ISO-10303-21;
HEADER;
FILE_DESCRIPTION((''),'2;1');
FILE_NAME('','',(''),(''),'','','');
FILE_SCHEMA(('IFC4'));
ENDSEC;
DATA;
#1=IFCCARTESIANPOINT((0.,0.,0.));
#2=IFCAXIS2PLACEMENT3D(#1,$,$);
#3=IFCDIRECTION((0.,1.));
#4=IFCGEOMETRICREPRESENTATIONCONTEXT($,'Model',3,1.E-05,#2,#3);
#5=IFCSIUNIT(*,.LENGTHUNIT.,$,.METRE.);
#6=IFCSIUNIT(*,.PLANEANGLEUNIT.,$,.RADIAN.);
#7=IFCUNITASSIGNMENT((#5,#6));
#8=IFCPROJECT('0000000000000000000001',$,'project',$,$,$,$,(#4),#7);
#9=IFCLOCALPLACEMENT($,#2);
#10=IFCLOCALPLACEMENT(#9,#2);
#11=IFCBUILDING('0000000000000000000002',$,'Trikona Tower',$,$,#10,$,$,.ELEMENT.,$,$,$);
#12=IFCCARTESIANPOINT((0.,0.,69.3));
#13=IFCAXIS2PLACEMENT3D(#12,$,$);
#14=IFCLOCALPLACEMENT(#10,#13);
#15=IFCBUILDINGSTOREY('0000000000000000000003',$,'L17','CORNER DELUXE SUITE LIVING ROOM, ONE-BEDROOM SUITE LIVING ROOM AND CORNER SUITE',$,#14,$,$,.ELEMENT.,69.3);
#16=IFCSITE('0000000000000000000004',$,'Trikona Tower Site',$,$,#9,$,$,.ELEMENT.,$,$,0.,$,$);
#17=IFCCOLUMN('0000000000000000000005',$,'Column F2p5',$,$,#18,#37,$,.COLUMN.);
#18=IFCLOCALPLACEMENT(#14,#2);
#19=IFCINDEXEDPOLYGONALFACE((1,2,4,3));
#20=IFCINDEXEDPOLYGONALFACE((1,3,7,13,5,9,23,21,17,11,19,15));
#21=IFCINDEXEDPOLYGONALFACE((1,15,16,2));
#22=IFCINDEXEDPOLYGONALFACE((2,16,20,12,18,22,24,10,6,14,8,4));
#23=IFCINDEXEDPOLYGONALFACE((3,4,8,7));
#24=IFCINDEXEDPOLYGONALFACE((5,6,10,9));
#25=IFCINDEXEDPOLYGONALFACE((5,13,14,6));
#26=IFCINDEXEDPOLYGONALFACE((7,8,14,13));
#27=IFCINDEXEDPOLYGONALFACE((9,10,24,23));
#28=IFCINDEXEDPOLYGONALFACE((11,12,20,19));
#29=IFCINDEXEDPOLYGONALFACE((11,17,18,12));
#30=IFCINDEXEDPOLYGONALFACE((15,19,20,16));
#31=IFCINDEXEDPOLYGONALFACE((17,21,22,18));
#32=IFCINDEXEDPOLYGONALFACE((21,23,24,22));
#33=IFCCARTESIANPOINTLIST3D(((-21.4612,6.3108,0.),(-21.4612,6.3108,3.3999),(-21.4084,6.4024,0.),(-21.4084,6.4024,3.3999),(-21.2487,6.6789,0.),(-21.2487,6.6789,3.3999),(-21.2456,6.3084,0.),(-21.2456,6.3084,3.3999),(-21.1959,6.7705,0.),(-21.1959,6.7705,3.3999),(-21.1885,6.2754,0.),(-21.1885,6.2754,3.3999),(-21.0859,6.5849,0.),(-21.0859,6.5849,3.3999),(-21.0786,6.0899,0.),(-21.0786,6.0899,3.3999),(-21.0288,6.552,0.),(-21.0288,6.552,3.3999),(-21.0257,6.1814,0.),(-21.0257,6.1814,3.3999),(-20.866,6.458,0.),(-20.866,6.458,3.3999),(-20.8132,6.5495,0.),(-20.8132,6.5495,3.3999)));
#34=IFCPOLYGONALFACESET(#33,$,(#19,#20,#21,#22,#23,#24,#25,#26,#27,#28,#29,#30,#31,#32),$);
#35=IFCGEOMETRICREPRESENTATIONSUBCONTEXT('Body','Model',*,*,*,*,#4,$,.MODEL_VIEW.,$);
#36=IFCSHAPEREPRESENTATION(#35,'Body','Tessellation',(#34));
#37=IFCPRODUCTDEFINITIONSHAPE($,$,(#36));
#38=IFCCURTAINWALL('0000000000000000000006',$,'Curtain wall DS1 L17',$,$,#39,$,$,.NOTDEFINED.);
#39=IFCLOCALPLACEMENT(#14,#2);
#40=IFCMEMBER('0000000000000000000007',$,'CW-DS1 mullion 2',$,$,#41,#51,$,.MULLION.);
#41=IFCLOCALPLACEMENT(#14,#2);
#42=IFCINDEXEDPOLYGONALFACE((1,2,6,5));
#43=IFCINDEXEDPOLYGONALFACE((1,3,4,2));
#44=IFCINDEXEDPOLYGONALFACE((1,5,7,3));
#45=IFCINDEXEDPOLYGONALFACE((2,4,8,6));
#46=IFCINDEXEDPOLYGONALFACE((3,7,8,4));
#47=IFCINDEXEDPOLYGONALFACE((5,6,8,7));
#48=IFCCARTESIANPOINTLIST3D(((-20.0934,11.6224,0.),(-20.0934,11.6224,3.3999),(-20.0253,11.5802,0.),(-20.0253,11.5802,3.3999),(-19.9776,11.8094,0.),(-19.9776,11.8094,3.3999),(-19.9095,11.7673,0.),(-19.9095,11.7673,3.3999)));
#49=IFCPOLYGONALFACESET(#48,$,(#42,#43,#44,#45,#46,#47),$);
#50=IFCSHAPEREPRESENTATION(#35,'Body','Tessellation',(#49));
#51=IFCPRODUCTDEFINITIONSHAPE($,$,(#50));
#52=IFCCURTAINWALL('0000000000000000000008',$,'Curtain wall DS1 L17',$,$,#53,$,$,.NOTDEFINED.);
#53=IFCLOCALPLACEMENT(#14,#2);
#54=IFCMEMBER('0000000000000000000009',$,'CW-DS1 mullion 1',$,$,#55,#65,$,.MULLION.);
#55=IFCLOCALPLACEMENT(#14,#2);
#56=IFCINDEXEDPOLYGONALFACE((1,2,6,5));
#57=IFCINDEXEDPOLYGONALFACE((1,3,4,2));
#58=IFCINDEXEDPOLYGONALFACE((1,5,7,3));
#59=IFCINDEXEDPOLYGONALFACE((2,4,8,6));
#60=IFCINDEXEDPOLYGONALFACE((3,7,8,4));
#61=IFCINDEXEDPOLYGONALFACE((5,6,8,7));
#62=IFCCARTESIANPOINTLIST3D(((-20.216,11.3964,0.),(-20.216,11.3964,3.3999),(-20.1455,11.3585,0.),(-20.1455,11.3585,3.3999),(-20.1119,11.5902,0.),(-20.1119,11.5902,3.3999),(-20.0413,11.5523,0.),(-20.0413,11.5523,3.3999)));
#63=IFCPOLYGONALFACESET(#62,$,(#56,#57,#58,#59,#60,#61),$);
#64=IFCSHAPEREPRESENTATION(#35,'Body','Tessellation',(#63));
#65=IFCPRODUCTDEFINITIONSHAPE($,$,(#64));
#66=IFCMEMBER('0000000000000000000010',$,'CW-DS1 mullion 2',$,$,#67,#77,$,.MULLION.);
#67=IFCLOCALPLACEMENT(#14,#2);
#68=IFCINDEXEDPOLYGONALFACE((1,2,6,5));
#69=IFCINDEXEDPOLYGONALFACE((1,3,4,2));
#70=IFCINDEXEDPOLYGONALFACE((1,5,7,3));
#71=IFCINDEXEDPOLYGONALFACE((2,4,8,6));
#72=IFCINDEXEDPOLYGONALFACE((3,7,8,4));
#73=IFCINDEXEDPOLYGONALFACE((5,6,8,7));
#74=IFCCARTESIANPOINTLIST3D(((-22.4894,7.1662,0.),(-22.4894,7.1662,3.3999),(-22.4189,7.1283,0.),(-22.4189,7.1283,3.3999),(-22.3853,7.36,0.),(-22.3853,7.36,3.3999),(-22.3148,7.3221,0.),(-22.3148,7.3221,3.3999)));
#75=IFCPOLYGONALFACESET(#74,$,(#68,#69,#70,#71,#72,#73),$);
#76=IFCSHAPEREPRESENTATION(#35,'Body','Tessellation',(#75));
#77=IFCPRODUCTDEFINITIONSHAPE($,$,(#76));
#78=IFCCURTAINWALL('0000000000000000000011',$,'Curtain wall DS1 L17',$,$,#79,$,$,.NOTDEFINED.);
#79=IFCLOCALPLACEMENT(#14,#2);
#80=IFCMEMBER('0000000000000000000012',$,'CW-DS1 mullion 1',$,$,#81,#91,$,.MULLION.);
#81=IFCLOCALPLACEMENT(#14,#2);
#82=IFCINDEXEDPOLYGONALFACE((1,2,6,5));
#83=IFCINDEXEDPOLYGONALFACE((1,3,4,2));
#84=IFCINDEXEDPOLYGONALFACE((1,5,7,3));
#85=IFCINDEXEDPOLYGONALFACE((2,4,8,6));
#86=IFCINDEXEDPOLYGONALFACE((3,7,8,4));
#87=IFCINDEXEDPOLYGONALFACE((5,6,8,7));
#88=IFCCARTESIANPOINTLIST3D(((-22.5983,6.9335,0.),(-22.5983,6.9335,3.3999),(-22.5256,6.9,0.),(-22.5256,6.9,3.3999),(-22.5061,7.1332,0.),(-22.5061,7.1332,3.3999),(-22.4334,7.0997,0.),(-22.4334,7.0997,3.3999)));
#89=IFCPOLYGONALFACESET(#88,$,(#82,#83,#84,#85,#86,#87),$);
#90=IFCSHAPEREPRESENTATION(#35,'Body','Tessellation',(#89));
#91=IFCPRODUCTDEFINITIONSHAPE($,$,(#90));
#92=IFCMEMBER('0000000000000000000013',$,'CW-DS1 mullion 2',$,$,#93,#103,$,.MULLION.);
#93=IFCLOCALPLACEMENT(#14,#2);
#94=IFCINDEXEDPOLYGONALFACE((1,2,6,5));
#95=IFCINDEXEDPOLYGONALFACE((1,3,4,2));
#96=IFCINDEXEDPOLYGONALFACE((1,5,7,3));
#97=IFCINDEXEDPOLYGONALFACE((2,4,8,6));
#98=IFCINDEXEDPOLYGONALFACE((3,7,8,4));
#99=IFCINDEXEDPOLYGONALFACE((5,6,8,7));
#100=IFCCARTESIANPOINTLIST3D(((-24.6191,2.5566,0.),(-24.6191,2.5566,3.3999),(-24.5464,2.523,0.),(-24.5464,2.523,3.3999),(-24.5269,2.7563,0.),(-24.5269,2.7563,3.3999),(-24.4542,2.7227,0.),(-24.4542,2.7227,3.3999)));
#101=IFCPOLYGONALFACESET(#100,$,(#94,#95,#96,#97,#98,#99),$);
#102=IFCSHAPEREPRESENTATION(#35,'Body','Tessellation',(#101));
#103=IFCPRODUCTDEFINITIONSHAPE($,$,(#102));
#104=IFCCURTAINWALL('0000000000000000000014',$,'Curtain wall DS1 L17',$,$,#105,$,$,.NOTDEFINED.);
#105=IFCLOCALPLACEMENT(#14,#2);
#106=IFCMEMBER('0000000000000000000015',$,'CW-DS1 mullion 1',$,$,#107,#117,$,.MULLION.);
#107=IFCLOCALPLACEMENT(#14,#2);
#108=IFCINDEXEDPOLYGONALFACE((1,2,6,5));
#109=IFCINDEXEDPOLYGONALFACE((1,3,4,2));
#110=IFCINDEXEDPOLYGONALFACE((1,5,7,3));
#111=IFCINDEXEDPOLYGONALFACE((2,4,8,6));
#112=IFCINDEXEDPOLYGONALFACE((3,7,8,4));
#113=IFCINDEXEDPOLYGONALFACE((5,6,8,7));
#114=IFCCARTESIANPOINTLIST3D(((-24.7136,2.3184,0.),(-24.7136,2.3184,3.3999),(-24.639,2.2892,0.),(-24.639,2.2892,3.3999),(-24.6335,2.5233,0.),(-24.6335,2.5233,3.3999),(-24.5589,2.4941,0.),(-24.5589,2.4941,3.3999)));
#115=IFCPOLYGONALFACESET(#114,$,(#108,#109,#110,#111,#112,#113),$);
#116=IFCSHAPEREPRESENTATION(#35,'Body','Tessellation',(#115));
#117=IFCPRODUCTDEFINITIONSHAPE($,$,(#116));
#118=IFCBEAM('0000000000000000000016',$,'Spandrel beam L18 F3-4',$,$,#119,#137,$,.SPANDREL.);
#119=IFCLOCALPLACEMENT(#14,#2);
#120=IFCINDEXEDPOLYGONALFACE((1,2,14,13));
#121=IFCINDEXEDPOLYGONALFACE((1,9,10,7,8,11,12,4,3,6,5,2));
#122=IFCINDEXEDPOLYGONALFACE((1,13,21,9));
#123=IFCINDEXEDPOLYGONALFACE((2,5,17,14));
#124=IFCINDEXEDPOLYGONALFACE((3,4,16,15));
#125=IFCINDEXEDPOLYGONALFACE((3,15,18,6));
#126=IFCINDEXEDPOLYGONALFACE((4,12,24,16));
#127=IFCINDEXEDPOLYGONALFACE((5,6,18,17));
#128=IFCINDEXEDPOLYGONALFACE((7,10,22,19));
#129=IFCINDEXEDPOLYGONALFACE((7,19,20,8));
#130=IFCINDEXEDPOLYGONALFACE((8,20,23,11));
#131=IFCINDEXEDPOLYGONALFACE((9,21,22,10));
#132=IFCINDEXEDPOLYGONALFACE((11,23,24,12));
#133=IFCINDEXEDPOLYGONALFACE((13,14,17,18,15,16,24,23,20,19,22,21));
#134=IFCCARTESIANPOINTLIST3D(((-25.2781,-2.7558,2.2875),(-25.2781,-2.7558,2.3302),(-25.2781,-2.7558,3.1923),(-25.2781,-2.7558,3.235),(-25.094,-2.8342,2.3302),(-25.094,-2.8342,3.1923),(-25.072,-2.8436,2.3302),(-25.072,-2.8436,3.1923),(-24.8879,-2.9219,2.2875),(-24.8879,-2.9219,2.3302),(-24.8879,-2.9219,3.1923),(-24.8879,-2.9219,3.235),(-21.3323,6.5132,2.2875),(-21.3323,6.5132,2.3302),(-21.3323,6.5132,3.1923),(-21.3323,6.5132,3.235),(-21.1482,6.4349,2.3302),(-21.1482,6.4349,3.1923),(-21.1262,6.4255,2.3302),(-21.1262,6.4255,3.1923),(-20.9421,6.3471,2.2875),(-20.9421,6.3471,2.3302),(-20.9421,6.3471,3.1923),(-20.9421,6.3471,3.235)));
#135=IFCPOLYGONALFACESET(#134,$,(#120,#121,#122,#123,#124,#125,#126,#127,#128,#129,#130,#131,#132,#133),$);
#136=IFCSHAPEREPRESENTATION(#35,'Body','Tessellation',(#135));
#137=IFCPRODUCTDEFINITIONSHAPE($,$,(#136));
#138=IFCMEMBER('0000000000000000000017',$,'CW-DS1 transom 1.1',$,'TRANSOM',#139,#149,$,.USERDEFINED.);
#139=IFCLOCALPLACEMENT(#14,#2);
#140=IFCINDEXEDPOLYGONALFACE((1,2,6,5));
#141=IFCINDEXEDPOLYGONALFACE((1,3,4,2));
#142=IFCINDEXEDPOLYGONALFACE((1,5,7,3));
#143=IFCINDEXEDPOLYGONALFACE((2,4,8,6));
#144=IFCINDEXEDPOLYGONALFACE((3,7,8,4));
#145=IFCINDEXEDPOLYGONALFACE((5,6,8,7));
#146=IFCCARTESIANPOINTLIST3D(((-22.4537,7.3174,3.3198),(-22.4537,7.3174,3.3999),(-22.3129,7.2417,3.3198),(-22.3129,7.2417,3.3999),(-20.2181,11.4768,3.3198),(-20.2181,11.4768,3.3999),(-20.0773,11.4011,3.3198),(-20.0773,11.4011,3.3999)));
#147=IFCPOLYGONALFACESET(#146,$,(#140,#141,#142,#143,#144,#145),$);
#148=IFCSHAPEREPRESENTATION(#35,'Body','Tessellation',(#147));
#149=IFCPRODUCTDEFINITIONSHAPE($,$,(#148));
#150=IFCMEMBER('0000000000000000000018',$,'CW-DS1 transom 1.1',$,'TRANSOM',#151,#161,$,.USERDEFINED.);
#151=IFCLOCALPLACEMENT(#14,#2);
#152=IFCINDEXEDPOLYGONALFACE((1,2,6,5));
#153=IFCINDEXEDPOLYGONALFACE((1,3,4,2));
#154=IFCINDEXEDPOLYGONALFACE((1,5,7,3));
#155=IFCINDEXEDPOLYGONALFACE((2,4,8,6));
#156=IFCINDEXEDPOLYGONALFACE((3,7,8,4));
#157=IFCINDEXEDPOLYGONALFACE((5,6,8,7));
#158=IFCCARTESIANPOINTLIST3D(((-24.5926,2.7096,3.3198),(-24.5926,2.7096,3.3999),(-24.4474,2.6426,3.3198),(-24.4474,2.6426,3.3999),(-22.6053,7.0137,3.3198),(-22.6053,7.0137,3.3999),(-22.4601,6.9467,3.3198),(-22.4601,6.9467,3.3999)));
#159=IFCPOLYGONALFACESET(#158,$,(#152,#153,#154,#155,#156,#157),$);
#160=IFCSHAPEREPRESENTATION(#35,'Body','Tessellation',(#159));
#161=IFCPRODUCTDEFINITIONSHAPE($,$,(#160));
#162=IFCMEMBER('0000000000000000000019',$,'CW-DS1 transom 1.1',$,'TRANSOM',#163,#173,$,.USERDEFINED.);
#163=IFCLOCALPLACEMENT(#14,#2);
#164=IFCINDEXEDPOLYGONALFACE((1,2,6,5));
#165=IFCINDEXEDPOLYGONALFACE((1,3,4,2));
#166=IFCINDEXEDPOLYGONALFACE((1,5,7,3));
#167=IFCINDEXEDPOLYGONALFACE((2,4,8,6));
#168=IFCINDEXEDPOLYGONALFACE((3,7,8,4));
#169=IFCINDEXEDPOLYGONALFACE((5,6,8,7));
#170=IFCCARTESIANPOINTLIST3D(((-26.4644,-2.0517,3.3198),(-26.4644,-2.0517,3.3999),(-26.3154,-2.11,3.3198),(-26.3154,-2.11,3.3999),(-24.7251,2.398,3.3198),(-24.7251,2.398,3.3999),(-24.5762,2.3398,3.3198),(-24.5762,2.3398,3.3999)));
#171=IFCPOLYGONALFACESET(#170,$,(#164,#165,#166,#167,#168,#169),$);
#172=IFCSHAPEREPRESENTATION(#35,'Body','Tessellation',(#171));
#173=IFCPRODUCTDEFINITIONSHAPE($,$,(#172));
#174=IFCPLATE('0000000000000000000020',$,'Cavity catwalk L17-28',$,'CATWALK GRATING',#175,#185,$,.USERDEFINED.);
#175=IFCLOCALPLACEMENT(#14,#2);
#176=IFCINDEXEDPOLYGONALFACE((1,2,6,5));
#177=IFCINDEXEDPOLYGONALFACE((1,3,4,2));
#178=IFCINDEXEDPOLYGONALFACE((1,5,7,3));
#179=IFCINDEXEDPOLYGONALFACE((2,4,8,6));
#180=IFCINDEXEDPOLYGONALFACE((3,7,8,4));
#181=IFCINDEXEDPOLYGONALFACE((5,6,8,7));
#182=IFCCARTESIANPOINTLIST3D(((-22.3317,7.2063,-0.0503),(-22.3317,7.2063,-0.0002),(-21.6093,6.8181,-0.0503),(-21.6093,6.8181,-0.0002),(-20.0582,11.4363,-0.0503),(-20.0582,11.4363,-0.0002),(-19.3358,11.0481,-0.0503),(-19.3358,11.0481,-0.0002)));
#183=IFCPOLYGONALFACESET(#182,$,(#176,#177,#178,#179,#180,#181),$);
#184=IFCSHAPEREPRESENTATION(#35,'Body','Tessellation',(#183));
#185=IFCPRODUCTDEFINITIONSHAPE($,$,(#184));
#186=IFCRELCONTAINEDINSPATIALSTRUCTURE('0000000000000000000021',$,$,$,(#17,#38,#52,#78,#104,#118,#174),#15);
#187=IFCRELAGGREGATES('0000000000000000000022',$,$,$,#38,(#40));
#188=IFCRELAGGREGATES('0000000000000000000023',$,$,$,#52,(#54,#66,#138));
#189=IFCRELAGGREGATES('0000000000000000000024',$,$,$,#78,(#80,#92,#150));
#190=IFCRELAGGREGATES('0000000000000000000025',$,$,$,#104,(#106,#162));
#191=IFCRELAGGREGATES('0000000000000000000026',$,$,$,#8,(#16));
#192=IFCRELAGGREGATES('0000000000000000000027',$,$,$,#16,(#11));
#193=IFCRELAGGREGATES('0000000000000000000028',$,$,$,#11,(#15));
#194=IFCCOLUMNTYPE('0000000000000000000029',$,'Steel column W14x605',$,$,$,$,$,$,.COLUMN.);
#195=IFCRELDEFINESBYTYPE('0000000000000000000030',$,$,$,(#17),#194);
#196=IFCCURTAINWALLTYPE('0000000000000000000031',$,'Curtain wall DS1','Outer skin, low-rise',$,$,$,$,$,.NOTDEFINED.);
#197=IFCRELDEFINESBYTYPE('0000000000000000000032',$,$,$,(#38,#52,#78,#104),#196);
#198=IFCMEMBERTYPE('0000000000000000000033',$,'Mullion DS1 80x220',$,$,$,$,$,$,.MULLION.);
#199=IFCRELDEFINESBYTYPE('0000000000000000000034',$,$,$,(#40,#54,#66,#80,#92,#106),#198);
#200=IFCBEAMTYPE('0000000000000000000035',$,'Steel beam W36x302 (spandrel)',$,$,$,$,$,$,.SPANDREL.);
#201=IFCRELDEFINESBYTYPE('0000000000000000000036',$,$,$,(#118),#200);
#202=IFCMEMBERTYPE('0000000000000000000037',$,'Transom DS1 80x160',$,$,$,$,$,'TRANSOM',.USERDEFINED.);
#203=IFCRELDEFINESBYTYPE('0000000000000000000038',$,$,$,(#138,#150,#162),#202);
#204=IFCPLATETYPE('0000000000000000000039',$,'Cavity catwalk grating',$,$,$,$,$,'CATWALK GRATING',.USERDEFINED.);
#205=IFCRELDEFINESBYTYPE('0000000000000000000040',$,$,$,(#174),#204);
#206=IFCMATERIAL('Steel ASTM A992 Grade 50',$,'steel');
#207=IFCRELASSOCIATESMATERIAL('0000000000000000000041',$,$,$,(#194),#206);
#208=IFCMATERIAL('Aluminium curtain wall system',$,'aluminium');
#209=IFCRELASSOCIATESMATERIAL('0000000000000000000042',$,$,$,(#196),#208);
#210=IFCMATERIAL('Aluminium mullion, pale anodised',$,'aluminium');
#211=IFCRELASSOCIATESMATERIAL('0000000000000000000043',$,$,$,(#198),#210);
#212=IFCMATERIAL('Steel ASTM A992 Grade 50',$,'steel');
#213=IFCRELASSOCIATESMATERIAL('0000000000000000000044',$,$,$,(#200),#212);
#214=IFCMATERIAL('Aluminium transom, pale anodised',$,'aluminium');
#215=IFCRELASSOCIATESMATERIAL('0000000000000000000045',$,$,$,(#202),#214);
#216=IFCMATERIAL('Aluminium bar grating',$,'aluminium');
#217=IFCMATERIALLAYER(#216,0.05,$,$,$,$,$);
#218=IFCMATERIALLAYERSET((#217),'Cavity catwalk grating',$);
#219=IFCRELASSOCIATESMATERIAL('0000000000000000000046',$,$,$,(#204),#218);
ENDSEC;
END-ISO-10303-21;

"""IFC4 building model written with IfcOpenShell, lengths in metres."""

from ifc_helpers import new_model, si_unit, direction, frame, origin, origin_2d, place, context, subcontext, project, spatial, rectangle, i_section, extrude, material, layer, layer_set, material_profile, profile_set, type_object, element, aggregate, save


model = new_model("IFC4")

# Units and contexts
model_context = context("Model", 3, precision=1e-05, world=origin(), true_north=direction((0.0, 1.0)))
body_context = subcontext(model_context, "Body", "Model", "MODEL_VIEW")
ifc_project = project(units=[si_unit("LENGTHUNIT", "METRE"), si_unit("PLANEANGLEUNIT", "RADIAN")], contexts=[model_context])

# Site, building, storey
site_placement = place(None, origin())
site = spatial("IfcSite", under=ifc_project, at=site_placement, Name="Trikona Tower Site", CompositionType="ELEMENT", RefElevation=0.0)
building_placement = place(site_placement, origin())
building = spatial("IfcBuilding", under=site, at=building_placement, Name="Trikona Tower", CompositionType="ELEMENT")
storey_placement = place(building_placement, frame((0.0, 0.0, 69.3)))
storey = spatial("IfcBuildingStorey", under=building, at=storey_placement, Name="L17", Description="CORNER DELUXE SUITE LIVING ROOM, ONE-BEDROOM SUITE LIVING ROOM AND CORNER SUITE", CompositionType="ELEMENT", Elevation=69.3)

# Column
ifc_material_1 = material(Name="Steel ASTM A992 Grade 50", Category="steel")
ifc_material_profile_1 = material_profile(ifc_material_1, i_section(OverallWidth=0.4419, OverallDepth=0.5308, WebThickness=0.0659, FlangeThickness=0.1057, at=origin_2d()), Name="W14X605")
ifc_profile_set_1 = profile_set([ifc_material_profile_1], Name="Steel ASTM A992 Grade 50")
column_type = type_object("IfcColumnType", Name="Steel column W14x605", PredefinedType="COLUMN", material=ifc_profile_set_1)
column_placement = place(storey_placement, frame((-21.1372, 6.4302, 0.0), z_axis=(0.0, 0.0, 1.0), x_axis=(-0.866025, 0.5, 0.0)))
element("IfcColumn", 1, at=column_placement, inside=storey, type_object=column_type, Name="Column F2p5", PredefinedType="COLUMN", context=body_context, shape_type="SweptSolid", body=[
    extrude(i_section(OverallWidth=0.4419, OverallDepth=0.5308, WebThickness=0.0659, FlangeThickness=0.1057, at=origin_2d()), origin(), (0.0, 0.0, 1.0), 3.3999),
])

# Curtain wall, member
ifc_material_2 = material(Name="Aluminium curtain wall system", Category="aluminium")
curtain_wall_type = type_object("IfcCurtainWallType", Name="Curtain wall DS1", Description="Outer skin, low-rise", PredefinedType="NOTDEFINED", material=ifc_material_2)
curtain_wall_1_placement = place(storey_placement, origin())
curtain_wall_1 = element("IfcCurtainWall", 2, at=curtain_wall_1_placement, inside=storey, type_object=curtain_wall_type, Name="Curtain wall DS1 L17", PredefinedType="NOTDEFINED")
ifc_material_3 = material(Name="Aluminium mullion, pale anodised", Category="aluminium")
ifc_material_profile_2 = material_profile(ifc_material_3, rectangle(XDim=0.0801, YDim=0.22, at=origin_2d()), Name="MUL-DS1")
ifc_profile_set_2 = profile_set([ifc_material_profile_2], Name="Aluminium mullion, pale anodised")
member_type_1 = type_object("IfcMemberType", Name="Mullion DS1 80x220", PredefinedType="MULLION", material=ifc_profile_set_2)
member_1_placement = place(storey_placement, frame((-20.0015, 11.6948, 0.0), z_axis=(0.0, 0.0, 1.0), x_axis=(0.85041, -0.52612, 0.0)))
member_1 = element("IfcMember", 3, at=member_1_placement, type_object=member_type_1, Name="CW-DS1 mullion 2", PredefinedType="MULLION", context=body_context, shape_type="SweptSolid", body=[
    extrude(rectangle(XDim=0.0801, YDim=0.22, at=origin_2d()), origin(), (0.0, 0.0, 1.0), 3.3999),
])
aggregate(curtain_wall_1, [member_1])

# Curtain walls, members
curtain_wall_2_placement = place(storey_placement, origin())
curtain_wall_2 = element("IfcCurtainWall", 4, at=curtain_wall_2_placement, inside=storey, type_object=curtain_wall_type, Name="Curtain wall DS1 L17", PredefinedType="NOTDEFINED")
member_2_placement = place(storey_placement, frame((-20.1287, 11.4744, 0.0), z_axis=(0.0, 0.0, 1.0), x_axis=(0.880843, -0.473408, 0.0)))
member_2 = element("IfcMember", 5, at=member_2_placement, type_object=member_type_1, Name="CW-DS1 mullion 1", PredefinedType="MULLION", context=body_context, shape_type="SweptSolid", body=[
    extrude(rectangle(XDim=0.0801, YDim=0.22, at=origin_2d()), origin(), (0.0, 0.0, 1.0), 3.3999),
])
member_3_placement = place(storey_placement, frame((-22.4021, 7.2441, 0.0), z_axis=(0.0, 0.0, 1.0), x_axis=(0.880843, -0.473408, 0.0)))
member_3 = element("IfcMember", 6, at=member_3_placement, type_object=member_type_1, Name="CW-DS1 mullion 2", PredefinedType="MULLION", context=body_context, shape_type="SweptSolid", body=[
    extrude(rectangle(XDim=0.0801, YDim=0.22, at=origin_2d()), origin(), (0.0, 0.0, 1.0), 3.3999),
])
curtain_wall_3_placement = place(storey_placement, origin())
curtain_wall_3 = element("IfcCurtainWall", 7, at=curtain_wall_3_placement, inside=storey, type_object=curtain_wall_type, Name="Curtain wall DS1 L17", PredefinedType="NOTDEFINED")
member_4_placement = place(storey_placement, frame((-22.5159, 7.0166, 0.0), z_axis=(0.0, 0.0, 1.0), x_axis=(0.907898, -0.41919, 0.0)))
member_4 = element("IfcMember", 8, at=member_4_placement, type_object=member_type_1, Name="CW-DS1 mullion 1", PredefinedType="MULLION", context=body_context, shape_type="SweptSolid", body=[
    extrude(rectangle(XDim=0.0801, YDim=0.22, at=origin_2d()), origin(), (0.0, 0.0, 1.0), 3.3999),
])
member_5_placement = place(storey_placement, frame((-24.5366, 2.6396, 0.0), z_axis=(0.0, 0.0, 1.0), x_axis=(0.907898, -0.41919, 0.0)))
member_5 = element("IfcMember", 9, at=member_5_placement, type_object=member_type_1, Name="CW-DS1 mullion 2", PredefinedType="MULLION", context=body_context, shape_type="SweptSolid", body=[
    extrude(rectangle(XDim=0.0801, YDim=0.22, at=origin_2d()), origin(), (0.0, 0.0, 1.0), 3.3999),
])

# Curtain wall, member
curtain_wall_4_placement = place(storey_placement, origin())
curtain_wall_4 = element("IfcCurtainWall", 10, at=curtain_wall_4_placement, inside=storey, type_object=curtain_wall_type, Name="Curtain wall DS1 L17", PredefinedType="NOTDEFINED")
member_6_placement = place(storey_placement, frame((-24.6362, 2.4062, 0.0), z_axis=(0.0, 0.0, 1.0), x_axis=(0.931396, -0.364008, 0.0)))
member_6 = element("IfcMember", 11, at=member_6_placement, type_object=member_type_1, Name="CW-DS1 mullion 1", PredefinedType="MULLION", context=body_context, shape_type="SweptSolid", body=[
    extrude(rectangle(XDim=0.0801, YDim=0.22, at=origin_2d()), origin(), (0.0, 0.0, 1.0), 3.3999),
])

# Beam
ifc_material_4 = material(Name="Steel ASTM A992 Grade 50", Category="steel")
ifc_material_profile_3 = material_profile(ifc_material_4, i_section(OverallWidth=0.4241, OverallDepth=0.9475, WebThickness=0.0239, FlangeThickness=0.0427, at=origin_2d()), Name="W36X302")
ifc_profile_set_3 = profile_set([ifc_material_profile_3], Name="Steel ASTM A992 Grade 50")
beam_type = type_object("IfcBeamType", Name="Steel beam W36x302 (spandrel)", PredefinedType="SPANDREL", material=ifc_profile_set_3)
beam_placement = place(storey_placement, frame((-21.1372, 6.4302, 2.7612), z_axis=(-0.391684, -0.9201, 0.0), x_axis=(0.9201, -0.391684, 0.0)))
element("IfcBeam", 12, at=beam_placement, inside=storey, type_object=beam_type, Name="Spandrel beam L18 F3-4", PredefinedType="SPANDREL", context=body_context, shape_type="SweptSolid", body=[
    extrude(i_section(OverallWidth=0.4241, OverallDepth=0.9475, WebThickness=0.0239, FlangeThickness=0.0427, at=origin_2d()), origin(), (0.0, 0.0, 1.0), 10.074),
])

# Members
ifc_material_5 = material(Name="Aluminium transom, pale anodised", Category="aluminium")
ifc_material_profile_4 = material_profile(ifc_material_5, rectangle(XDim=0.1599, YDim=0.0801, at=origin_2d()), Name="TRN-DS1")
ifc_profile_set_4 = profile_set([ifc_material_profile_4], Name="Aluminium transom, pale anodised")
member_type_2 = type_object("IfcMemberType", Name="Transom DS1 80x160", ElementType="TRANSOM", PredefinedType="USERDEFINED", material=ifc_profile_set_4)
member_7_placement = place(storey_placement, frame((-20.1477, 11.439, 3.3599), z_axis=(-0.473428, -0.880833, 0.0), x_axis=(0.880833, -0.473428, 0.0)))
member_7 = element("IfcMember", 13, at=member_7_placement, type_object=member_type_2, Name="CW-DS1 transom 1.1", ObjectType="TRANSOM", PredefinedType="USERDEFINED", context=body_context, shape_type="SweptSolid", body=[
    extrude(rectangle(XDim=0.1599, YDim=0.0801, at=origin_2d()), origin(), (0.0, 0.0, 1.0), 4.7222),
])
member_8_placement = place(storey_placement, frame((-22.5327, 6.9802, 3.3599), z_axis=(-0.419189, -0.907899, 0.0), x_axis=(0.907899, -0.419189, 0.0)))
member_8 = element("IfcMember", 14, at=member_8_placement, type_object=member_type_2, Name="CW-DS1 transom 1.1", ObjectType="TRANSOM", PredefinedType="USERDEFINED", context=body_context, shape_type="SweptSolid", body=[
    extrude(rectangle(XDim=0.1599, YDim=0.0801, at=origin_2d()), origin(), (0.0, 0.0, 1.0), 4.7407),
])
member_9_placement = place(storey_placement, frame((-24.6506, 2.3689, 3.3599), z_axis=(-0.364049, -0.93138, 0.0), x_axis=(0.93138, -0.364049, 0.0)))
member_9 = element("IfcMember", 15, at=member_9_placement, type_object=member_type_2, Name="CW-DS1 transom 1.1", ObjectType="TRANSOM", PredefinedType="USERDEFINED", context=body_context, shape_type="SweptSolid", body=[
    extrude(rectangle(XDim=0.1599, YDim=0.0801, at=origin_2d()), origin(), (0.0, 0.0, 1.0), 4.7776),
])

# Plate
ifc_material_6 = material(Name="Aluminium bar grating", Category="aluminium")
ifc_layer_1 = layer(ifc_material_6, 0.05)
ifc_layer_set_1 = layer_set([ifc_layer_1], Name="Cavity catwalk grating")
plate_type_1 = type_object("IfcPlateType", Name="Cavity catwalk grating", ElementType="CATWALK GRATING", PredefinedType="USERDEFINED", material=ifc_layer_set_1)
plate_1_placement = place(storey_placement, frame((-20.8337, 9.1272, -0.0503), z_axis=(0.0, 0.0, 1.0), x_axis=(-0.473423, -0.880835, 0.0)))
element("IfcPlate", 16, at=plate_1_placement, inside=storey, type_object=plate_type_1, Name="Cavity catwalk L17-28", ObjectType="CATWALK GRATING", PredefinedType="USERDEFINED", context=body_context, shape_type="SweptSolid", body=[
    extrude(rectangle(XDim=4.8022, YDim=0.8201, at=origin_2d()), origin(), (0.0, 0.0, 1.0), 0.05),
])

aggregate(curtain_wall_2, [member_2, member_3, member_7])
aggregate(curtain_wall_3, [member_4, member_5, member_8])
aggregate(curtain_wall_4, [member_6, member_9])

save(model, "model.ifc")
